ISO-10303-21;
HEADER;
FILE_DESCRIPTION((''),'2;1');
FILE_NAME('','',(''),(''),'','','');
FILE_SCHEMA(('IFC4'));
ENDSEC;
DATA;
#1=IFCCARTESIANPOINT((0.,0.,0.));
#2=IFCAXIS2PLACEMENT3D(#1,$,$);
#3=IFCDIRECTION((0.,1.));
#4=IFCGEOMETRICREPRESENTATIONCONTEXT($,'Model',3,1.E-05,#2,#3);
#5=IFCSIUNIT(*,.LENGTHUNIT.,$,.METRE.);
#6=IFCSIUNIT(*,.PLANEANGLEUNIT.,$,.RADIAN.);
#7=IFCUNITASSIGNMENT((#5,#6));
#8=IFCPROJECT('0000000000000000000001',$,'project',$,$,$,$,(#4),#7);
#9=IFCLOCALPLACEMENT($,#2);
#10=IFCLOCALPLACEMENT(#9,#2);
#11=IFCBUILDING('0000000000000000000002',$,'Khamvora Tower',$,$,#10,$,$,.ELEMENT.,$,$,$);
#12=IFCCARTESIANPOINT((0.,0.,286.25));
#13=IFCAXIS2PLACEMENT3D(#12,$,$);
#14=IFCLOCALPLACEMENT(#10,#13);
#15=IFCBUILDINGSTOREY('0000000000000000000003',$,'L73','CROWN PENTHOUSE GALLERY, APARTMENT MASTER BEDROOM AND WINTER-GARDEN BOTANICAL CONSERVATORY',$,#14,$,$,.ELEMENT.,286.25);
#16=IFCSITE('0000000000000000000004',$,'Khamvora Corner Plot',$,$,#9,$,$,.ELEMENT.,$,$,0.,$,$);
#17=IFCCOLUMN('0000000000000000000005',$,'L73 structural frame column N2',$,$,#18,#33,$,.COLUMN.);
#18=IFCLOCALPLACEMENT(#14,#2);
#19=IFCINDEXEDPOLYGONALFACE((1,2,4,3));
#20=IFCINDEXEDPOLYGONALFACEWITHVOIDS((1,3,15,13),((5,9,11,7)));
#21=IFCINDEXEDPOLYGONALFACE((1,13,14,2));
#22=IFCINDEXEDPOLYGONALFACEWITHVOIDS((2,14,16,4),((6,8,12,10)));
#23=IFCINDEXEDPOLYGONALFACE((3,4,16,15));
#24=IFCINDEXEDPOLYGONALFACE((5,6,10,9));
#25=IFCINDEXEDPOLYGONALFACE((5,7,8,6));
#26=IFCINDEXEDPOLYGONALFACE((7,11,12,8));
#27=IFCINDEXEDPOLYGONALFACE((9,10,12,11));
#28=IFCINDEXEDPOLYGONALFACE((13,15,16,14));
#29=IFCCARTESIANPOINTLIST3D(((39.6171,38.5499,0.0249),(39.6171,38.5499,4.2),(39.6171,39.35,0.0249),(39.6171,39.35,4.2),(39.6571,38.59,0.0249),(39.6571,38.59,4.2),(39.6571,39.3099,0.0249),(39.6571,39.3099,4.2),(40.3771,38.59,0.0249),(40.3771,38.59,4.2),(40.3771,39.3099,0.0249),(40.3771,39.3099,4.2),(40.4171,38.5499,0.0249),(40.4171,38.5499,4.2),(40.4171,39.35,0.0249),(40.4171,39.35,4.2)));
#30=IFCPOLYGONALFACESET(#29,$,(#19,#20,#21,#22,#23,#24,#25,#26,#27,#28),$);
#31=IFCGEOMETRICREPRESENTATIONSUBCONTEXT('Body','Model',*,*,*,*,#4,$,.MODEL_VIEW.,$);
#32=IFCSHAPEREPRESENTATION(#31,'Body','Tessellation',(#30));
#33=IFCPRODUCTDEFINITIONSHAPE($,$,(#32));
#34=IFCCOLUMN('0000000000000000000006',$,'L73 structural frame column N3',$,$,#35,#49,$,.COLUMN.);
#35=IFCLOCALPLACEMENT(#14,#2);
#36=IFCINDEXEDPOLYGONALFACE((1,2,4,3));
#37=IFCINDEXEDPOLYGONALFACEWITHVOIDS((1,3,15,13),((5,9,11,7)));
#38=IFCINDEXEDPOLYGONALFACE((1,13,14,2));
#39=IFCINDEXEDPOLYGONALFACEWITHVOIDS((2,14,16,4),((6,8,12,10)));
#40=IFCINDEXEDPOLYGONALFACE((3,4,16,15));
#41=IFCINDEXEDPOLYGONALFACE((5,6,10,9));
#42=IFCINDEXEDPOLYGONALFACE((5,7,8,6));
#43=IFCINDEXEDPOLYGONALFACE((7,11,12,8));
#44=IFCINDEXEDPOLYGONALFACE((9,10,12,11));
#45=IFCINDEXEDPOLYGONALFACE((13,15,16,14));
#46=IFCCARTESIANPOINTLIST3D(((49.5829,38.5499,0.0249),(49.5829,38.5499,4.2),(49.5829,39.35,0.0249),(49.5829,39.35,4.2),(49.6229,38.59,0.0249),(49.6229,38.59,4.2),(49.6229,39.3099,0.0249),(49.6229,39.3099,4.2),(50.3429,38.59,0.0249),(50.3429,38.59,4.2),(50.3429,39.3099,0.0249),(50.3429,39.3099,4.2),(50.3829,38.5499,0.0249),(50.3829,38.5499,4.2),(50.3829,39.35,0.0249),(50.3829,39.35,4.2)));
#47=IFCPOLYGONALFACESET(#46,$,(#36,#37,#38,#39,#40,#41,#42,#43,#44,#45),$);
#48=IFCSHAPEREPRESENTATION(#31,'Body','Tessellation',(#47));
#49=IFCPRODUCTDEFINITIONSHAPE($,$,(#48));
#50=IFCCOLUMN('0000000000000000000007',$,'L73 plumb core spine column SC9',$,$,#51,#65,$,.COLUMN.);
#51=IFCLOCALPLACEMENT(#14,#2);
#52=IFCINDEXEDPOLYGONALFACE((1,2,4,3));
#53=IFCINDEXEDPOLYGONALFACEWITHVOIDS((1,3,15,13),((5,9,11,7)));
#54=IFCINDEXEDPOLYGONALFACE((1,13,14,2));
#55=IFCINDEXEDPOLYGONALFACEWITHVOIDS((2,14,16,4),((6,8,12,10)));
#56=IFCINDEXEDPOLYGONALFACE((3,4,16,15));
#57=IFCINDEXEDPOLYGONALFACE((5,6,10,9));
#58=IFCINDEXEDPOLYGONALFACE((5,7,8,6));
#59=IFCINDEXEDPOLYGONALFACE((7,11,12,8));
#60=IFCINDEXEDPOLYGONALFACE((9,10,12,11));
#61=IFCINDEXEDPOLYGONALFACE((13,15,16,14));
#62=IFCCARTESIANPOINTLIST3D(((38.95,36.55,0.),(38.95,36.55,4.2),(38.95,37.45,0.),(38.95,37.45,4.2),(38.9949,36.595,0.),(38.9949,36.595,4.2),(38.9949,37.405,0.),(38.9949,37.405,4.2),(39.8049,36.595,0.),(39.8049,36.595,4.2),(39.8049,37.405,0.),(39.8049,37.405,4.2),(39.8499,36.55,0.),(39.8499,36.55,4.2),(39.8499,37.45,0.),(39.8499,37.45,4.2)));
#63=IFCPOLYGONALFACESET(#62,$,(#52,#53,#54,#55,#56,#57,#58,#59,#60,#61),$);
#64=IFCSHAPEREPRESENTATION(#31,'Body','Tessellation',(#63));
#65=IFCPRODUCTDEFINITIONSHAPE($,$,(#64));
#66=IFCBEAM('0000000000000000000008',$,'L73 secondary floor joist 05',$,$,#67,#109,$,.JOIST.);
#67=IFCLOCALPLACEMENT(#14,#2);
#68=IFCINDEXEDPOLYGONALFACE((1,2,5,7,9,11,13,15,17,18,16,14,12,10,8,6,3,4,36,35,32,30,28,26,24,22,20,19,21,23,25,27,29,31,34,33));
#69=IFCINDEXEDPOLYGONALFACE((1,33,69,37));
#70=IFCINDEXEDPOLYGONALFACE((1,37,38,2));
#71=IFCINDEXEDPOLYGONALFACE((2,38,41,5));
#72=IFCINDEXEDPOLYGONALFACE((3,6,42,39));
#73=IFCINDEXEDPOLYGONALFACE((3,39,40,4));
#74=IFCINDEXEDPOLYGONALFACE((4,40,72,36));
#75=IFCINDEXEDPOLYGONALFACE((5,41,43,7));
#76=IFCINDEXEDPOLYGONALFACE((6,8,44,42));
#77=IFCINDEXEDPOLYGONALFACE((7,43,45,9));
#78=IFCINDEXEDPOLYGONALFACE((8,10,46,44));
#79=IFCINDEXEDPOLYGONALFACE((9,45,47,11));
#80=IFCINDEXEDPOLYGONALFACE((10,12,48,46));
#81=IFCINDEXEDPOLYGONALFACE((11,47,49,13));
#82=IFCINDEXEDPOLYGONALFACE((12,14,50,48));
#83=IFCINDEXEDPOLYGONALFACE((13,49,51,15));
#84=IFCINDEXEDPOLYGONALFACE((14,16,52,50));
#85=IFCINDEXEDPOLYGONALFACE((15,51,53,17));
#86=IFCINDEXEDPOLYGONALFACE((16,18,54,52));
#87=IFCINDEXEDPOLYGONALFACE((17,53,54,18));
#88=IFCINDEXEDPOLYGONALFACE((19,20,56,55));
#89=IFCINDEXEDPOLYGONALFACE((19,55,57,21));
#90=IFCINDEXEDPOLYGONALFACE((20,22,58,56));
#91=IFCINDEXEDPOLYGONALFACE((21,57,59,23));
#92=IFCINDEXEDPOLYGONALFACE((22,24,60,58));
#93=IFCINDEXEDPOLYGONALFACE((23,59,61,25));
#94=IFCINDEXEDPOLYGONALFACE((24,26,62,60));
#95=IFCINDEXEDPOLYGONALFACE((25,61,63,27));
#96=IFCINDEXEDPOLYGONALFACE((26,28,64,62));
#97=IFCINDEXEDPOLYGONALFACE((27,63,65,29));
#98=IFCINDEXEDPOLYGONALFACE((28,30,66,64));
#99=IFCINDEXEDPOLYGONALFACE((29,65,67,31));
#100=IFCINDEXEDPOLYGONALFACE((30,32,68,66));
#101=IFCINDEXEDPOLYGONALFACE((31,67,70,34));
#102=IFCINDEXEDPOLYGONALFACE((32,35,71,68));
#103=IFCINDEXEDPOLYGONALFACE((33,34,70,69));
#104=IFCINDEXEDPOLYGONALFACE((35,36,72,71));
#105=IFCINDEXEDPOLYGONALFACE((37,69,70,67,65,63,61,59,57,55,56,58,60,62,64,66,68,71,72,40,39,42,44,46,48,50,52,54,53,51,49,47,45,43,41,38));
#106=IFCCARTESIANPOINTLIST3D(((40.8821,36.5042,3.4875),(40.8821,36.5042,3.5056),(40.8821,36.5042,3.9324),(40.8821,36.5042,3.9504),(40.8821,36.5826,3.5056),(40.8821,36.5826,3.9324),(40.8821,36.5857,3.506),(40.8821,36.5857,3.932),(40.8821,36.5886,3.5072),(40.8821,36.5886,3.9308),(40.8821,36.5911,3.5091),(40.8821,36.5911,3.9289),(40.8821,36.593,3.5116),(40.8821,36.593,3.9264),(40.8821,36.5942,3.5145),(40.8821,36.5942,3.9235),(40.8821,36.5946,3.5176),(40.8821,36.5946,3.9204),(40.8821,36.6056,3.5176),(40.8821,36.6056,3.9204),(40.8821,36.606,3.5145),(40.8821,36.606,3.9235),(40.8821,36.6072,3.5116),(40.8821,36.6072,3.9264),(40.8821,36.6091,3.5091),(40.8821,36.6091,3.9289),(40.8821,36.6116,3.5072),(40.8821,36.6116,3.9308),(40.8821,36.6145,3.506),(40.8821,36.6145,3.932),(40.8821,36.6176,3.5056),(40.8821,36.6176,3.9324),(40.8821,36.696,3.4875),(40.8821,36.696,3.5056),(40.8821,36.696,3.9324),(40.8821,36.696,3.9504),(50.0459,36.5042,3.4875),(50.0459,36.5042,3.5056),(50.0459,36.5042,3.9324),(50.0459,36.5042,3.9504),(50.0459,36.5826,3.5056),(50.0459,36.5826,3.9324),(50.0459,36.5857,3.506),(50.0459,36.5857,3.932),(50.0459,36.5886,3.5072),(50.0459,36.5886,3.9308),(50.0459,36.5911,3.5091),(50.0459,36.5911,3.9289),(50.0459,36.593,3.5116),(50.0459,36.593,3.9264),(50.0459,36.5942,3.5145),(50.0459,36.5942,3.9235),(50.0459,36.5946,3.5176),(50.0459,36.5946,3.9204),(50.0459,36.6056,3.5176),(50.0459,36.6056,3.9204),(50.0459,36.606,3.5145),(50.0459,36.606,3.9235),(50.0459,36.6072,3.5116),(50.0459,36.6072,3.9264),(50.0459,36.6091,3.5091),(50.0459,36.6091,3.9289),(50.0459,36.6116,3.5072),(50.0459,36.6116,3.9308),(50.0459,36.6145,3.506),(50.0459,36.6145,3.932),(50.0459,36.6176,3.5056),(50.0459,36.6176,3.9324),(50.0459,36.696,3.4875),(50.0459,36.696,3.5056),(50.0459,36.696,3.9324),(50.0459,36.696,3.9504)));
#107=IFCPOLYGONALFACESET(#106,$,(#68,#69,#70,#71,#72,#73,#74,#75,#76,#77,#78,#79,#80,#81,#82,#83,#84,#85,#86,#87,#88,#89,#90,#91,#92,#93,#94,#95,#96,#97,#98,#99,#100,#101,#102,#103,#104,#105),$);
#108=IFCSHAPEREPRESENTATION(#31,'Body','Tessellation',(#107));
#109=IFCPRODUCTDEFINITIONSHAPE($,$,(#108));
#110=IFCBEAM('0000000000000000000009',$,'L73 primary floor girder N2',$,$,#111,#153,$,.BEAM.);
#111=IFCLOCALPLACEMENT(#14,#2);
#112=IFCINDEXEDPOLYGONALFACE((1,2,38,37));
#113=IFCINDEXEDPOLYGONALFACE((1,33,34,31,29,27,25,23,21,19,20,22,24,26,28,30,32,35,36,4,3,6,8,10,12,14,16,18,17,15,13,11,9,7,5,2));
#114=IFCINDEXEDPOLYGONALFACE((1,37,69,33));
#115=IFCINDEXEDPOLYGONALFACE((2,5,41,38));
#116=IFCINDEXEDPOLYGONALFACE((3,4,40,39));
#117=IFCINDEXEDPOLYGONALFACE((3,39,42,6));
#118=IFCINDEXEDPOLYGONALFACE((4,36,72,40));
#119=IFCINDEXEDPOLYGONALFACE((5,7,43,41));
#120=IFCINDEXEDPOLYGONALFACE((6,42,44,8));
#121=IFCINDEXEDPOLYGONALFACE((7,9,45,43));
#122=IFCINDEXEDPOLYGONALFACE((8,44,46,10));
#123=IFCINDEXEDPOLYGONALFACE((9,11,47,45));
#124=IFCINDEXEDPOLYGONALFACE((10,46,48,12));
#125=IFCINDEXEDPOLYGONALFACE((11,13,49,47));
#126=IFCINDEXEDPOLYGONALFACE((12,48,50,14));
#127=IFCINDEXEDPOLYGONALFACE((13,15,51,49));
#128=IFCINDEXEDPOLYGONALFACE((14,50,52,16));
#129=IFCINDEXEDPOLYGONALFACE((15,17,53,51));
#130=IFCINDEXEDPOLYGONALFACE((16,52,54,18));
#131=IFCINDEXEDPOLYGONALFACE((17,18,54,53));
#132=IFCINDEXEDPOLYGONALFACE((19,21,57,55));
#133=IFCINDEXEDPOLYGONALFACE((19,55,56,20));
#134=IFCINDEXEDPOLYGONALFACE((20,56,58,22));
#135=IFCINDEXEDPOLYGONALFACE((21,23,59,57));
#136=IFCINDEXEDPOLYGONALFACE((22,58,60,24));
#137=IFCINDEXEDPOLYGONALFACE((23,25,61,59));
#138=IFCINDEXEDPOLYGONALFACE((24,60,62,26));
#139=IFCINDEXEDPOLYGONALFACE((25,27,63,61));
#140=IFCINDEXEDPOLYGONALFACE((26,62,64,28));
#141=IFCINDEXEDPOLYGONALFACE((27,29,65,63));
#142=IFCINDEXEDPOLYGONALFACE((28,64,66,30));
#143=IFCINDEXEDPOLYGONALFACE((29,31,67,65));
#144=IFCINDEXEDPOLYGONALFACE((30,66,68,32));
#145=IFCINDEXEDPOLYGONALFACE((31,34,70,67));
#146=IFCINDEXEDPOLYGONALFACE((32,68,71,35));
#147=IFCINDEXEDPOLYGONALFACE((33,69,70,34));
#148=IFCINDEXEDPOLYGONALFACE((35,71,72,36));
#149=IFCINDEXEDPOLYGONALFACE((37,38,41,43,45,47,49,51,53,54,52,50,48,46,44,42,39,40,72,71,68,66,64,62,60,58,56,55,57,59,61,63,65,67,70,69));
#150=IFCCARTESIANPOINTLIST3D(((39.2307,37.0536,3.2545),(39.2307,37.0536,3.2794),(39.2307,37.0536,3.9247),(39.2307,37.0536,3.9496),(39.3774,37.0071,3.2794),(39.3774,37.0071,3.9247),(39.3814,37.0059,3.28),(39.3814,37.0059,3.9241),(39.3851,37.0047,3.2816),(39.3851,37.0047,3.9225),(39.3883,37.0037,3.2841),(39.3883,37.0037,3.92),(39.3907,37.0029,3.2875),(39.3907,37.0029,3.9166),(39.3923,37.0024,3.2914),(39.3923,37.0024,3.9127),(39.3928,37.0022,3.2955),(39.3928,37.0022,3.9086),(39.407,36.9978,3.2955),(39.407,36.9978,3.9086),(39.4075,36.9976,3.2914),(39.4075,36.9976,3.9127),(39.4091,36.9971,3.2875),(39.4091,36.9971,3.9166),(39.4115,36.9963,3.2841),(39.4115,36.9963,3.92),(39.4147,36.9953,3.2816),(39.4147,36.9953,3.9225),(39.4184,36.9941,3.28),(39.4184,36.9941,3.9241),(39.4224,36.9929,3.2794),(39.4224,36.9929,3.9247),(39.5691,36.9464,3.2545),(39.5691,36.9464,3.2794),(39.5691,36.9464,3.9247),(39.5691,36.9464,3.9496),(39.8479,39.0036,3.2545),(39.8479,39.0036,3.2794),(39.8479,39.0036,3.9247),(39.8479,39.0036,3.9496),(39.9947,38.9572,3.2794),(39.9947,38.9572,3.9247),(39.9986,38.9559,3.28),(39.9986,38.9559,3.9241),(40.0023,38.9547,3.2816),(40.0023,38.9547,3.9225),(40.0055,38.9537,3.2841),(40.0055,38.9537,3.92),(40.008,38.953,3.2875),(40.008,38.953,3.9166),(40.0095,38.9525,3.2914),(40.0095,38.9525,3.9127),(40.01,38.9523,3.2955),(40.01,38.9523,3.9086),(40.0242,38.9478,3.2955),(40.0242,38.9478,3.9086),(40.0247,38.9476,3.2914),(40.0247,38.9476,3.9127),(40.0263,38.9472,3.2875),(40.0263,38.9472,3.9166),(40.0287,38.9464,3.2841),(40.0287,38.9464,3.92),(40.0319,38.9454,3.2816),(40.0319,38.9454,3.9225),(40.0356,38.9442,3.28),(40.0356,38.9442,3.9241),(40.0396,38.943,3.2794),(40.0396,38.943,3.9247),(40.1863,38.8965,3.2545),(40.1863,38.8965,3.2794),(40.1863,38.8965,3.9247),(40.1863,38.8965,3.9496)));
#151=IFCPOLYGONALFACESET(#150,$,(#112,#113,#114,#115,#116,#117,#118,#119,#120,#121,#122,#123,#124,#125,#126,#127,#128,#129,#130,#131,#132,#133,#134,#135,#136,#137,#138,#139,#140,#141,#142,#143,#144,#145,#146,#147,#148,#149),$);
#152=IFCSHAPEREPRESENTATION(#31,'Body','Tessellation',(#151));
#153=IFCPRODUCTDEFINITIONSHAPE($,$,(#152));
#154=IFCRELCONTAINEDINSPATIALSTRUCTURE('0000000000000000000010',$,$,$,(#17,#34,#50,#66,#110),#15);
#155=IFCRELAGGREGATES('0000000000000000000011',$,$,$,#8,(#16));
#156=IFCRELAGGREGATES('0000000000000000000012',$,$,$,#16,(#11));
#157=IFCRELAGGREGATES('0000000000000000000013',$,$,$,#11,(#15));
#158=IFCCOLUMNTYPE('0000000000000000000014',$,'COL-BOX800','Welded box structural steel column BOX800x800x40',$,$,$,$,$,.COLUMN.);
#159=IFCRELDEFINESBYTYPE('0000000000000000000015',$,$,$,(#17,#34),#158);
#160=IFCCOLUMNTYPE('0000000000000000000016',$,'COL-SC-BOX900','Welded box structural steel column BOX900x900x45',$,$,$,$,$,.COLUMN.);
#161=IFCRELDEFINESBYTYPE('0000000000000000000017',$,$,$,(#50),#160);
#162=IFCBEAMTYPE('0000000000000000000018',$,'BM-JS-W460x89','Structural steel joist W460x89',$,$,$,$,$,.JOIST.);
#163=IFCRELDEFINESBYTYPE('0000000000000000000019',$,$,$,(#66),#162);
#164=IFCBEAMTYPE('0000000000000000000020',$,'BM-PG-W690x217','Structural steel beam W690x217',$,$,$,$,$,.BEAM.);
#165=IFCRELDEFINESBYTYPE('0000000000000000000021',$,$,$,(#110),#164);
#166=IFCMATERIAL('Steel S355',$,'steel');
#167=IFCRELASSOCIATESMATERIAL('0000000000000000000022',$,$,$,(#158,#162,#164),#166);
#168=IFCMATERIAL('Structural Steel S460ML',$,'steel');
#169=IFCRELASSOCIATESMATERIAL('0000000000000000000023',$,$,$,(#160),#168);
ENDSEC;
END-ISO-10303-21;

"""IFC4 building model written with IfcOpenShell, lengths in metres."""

from ifc_helpers import new_model, si_unit, direction, frame, origin, origin_2d, place, context, subcontext, project, spatial, hollow_rectangle, i_section, extrude, material, material_profile, profile_set, type_object, element, save


model = new_model("IFC4")

# Units and contexts
model_context = context("Model", 3, precision=1e-05, world=origin(), true_north=direction((0.0, 1.0)))
body_context = subcontext(model_context, "Body", "Model", "MODEL_VIEW")
ifc_project = project(units=[si_unit("LENGTHUNIT", "METRE"), si_unit("PLANEANGLEUNIT", "RADIAN")], contexts=[model_context])

# Site, building, storey
site_placement = place(None, origin())
site = spatial("IfcSite", under=ifc_project, at=site_placement, Name="Khamvora Corner Plot", CompositionType="ELEMENT", RefElevation=0.0)
building_placement = place(site_placement, origin())
building = spatial("IfcBuilding", under=site, at=building_placement, Name="Khamvora Tower", CompositionType="ELEMENT")
storey_placement = place(building_placement, frame((0.0, 0.0, 286.25)))
storey = spatial("IfcBuildingStorey", under=building, at=storey_placement, Name="L73", Description="CROWN PENTHOUSE GALLERY, APARTMENT MASTER BEDROOM AND WINTER-GARDEN BOTANICAL CONSERVATORY", CompositionType="ELEMENT", Elevation=286.25)

# Columns
ifc_material_1 = material(Name="Steel S355", Category="steel")
ifc_material_profile_1 = material_profile(ifc_material_1, hollow_rectangle(XDim=0.8, YDim=0.8, WallThickness=0.04, at=origin_2d()), Name="BOX800x800x40")
ifc_profile_set_1 = profile_set([ifc_material_profile_1], Name="Steel S355")
column_type_1 = type_object("IfcColumnType", Name="COL-BOX800", Description="Welded box structural steel column BOX800x800x40", PredefinedType="COLUMN", material=ifc_profile_set_1)
for number, where, z_axis, x_axis, name in (
    (1, (40.0171, 38.95, 0.0249), (0.0, 0.0, 1.0), (1.0, 0.0, 0.0), "L73 structural frame column N2"),
    (2, (49.9829, 38.95, 0.0249), (0.0, 0.0, 1.0), (1.0, 0.0, 0.0), "L73 structural frame column N3"),
):
    element("IfcColumn", number, at=place(storey_placement, frame(where, z_axis=z_axis, x_axis=x_axis)), inside=storey, type_object=column_type_1, Name=name, PredefinedType="COLUMN", context=body_context, shape_type="SweptSolid", body=[
        extrude(hollow_rectangle(XDim=0.8, YDim=0.8, WallThickness=0.04, at=origin_2d()), origin(), (0.0, 0.0, 1.0), 4.175),
    ])
ifc_material_2 = material(Name="Structural Steel S460ML", Category="steel")
ifc_material_profile_2 = material_profile(ifc_material_2, hollow_rectangle(XDim=0.8999, YDim=0.8999, WallThickness=0.0449, at=origin_2d()), Name="BOX900x900x45")
ifc_profile_set_2 = profile_set([ifc_material_profile_2], Name="Structural Steel S460ML")
column_type_2 = type_object("IfcColumnType", Name="COL-SC-BOX900", Description="Welded box structural steel column BOX900x900x45", PredefinedType="COLUMN", material=ifc_profile_set_2)
column_placement = place(storey_placement, frame((39.3999, 37.0, 0.0), z_axis=(0.0, 0.0, 1.0), x_axis=(1.0, 0.0, 0.0)))
element("IfcColumn", 3, at=column_placement, inside=storey, type_object=column_type_2, Name="L73 plumb core spine column SC9", PredefinedType="COLUMN", context=body_context, shape_type="SweptSolid", body=[
    extrude(hollow_rectangle(XDim=0.8999, YDim=0.8999, WallThickness=0.0449, at=origin_2d()), origin(), (0.0, 0.0, 1.0), 4.2),
])

# Beams
ifc_material_profile_3 = material_profile(ifc_material_1, i_section(OverallWidth=0.1919, OverallDepth=0.4629, WebThickness=0.011, FlangeThickness=0.0181, FilletRadius=0.012, at=origin_2d()), Name="W460x89")
ifc_profile_set_3 = profile_set([ifc_material_profile_3], Name="Steel S355")
beam_type_1 = type_object("IfcBeamType", Name="BM-JS-W460x89", Description="Structural steel joist W460x89", PredefinedType="JOIST", material=ifc_profile_set_3)
beam_1_placement = place(storey_placement, frame((40.8821, 36.6001, 3.719), z_axis=(1.0, 0.0, 0.0), x_axis=(0.0, 1.0, 0.0)))
element("IfcBeam", 4, at=beam_1_placement, inside=storey, type_object=beam_type_1, Name="L73 secondary floor joist 05", PredefinedType="JOIST", context=body_context, shape_type="SweptSolid", body=[
    extrude(i_section(OverallWidth=0.1919, OverallDepth=0.4629, WebThickness=0.011, FlangeThickness=0.0181, FilletRadius=0.012, at=origin_2d()), origin(), (0.0, 0.0, 1.0), 9.1638),
])
ifc_material_profile_4 = material_profile(ifc_material_1, i_section(OverallWidth=0.355, OverallDepth=0.6951, WebThickness=0.0149, FlangeThickness=0.0249, FilletRadius=0.0161, at=origin_2d()), Name="W690x217")
ifc_profile_set_4 = profile_set([ifc_material_profile_4], Name="Steel S355")
beam_type_2 = type_object("IfcBeamType", Name="BM-PG-W690x217", Description="Structural steel beam W690x217", PredefinedType="BEAM", material=ifc_profile_set_4)
beam_2_placement = place(storey_placement, frame((39.3999, 37.0, 3.6021), z_axis=(0.30176, 0.953384, 0.0), x_axis=(-0.953384, 0.30176, 0.0)))
element("IfcBeam", 5, at=beam_2_placement, inside=storey, type_object=beam_type_2, Name="L73 primary floor girder N2", PredefinedType="BEAM", context=body_context, shape_type="SweptSolid", body=[
    extrude(i_section(OverallWidth=0.355, OverallDepth=0.6951, WebThickness=0.0149, FlangeThickness=0.0249, FilletRadius=0.0161, at=origin_2d()), origin(), (0.0, 0.0, 1.0), 2.0454),
])

save(model, "model.ifc")
